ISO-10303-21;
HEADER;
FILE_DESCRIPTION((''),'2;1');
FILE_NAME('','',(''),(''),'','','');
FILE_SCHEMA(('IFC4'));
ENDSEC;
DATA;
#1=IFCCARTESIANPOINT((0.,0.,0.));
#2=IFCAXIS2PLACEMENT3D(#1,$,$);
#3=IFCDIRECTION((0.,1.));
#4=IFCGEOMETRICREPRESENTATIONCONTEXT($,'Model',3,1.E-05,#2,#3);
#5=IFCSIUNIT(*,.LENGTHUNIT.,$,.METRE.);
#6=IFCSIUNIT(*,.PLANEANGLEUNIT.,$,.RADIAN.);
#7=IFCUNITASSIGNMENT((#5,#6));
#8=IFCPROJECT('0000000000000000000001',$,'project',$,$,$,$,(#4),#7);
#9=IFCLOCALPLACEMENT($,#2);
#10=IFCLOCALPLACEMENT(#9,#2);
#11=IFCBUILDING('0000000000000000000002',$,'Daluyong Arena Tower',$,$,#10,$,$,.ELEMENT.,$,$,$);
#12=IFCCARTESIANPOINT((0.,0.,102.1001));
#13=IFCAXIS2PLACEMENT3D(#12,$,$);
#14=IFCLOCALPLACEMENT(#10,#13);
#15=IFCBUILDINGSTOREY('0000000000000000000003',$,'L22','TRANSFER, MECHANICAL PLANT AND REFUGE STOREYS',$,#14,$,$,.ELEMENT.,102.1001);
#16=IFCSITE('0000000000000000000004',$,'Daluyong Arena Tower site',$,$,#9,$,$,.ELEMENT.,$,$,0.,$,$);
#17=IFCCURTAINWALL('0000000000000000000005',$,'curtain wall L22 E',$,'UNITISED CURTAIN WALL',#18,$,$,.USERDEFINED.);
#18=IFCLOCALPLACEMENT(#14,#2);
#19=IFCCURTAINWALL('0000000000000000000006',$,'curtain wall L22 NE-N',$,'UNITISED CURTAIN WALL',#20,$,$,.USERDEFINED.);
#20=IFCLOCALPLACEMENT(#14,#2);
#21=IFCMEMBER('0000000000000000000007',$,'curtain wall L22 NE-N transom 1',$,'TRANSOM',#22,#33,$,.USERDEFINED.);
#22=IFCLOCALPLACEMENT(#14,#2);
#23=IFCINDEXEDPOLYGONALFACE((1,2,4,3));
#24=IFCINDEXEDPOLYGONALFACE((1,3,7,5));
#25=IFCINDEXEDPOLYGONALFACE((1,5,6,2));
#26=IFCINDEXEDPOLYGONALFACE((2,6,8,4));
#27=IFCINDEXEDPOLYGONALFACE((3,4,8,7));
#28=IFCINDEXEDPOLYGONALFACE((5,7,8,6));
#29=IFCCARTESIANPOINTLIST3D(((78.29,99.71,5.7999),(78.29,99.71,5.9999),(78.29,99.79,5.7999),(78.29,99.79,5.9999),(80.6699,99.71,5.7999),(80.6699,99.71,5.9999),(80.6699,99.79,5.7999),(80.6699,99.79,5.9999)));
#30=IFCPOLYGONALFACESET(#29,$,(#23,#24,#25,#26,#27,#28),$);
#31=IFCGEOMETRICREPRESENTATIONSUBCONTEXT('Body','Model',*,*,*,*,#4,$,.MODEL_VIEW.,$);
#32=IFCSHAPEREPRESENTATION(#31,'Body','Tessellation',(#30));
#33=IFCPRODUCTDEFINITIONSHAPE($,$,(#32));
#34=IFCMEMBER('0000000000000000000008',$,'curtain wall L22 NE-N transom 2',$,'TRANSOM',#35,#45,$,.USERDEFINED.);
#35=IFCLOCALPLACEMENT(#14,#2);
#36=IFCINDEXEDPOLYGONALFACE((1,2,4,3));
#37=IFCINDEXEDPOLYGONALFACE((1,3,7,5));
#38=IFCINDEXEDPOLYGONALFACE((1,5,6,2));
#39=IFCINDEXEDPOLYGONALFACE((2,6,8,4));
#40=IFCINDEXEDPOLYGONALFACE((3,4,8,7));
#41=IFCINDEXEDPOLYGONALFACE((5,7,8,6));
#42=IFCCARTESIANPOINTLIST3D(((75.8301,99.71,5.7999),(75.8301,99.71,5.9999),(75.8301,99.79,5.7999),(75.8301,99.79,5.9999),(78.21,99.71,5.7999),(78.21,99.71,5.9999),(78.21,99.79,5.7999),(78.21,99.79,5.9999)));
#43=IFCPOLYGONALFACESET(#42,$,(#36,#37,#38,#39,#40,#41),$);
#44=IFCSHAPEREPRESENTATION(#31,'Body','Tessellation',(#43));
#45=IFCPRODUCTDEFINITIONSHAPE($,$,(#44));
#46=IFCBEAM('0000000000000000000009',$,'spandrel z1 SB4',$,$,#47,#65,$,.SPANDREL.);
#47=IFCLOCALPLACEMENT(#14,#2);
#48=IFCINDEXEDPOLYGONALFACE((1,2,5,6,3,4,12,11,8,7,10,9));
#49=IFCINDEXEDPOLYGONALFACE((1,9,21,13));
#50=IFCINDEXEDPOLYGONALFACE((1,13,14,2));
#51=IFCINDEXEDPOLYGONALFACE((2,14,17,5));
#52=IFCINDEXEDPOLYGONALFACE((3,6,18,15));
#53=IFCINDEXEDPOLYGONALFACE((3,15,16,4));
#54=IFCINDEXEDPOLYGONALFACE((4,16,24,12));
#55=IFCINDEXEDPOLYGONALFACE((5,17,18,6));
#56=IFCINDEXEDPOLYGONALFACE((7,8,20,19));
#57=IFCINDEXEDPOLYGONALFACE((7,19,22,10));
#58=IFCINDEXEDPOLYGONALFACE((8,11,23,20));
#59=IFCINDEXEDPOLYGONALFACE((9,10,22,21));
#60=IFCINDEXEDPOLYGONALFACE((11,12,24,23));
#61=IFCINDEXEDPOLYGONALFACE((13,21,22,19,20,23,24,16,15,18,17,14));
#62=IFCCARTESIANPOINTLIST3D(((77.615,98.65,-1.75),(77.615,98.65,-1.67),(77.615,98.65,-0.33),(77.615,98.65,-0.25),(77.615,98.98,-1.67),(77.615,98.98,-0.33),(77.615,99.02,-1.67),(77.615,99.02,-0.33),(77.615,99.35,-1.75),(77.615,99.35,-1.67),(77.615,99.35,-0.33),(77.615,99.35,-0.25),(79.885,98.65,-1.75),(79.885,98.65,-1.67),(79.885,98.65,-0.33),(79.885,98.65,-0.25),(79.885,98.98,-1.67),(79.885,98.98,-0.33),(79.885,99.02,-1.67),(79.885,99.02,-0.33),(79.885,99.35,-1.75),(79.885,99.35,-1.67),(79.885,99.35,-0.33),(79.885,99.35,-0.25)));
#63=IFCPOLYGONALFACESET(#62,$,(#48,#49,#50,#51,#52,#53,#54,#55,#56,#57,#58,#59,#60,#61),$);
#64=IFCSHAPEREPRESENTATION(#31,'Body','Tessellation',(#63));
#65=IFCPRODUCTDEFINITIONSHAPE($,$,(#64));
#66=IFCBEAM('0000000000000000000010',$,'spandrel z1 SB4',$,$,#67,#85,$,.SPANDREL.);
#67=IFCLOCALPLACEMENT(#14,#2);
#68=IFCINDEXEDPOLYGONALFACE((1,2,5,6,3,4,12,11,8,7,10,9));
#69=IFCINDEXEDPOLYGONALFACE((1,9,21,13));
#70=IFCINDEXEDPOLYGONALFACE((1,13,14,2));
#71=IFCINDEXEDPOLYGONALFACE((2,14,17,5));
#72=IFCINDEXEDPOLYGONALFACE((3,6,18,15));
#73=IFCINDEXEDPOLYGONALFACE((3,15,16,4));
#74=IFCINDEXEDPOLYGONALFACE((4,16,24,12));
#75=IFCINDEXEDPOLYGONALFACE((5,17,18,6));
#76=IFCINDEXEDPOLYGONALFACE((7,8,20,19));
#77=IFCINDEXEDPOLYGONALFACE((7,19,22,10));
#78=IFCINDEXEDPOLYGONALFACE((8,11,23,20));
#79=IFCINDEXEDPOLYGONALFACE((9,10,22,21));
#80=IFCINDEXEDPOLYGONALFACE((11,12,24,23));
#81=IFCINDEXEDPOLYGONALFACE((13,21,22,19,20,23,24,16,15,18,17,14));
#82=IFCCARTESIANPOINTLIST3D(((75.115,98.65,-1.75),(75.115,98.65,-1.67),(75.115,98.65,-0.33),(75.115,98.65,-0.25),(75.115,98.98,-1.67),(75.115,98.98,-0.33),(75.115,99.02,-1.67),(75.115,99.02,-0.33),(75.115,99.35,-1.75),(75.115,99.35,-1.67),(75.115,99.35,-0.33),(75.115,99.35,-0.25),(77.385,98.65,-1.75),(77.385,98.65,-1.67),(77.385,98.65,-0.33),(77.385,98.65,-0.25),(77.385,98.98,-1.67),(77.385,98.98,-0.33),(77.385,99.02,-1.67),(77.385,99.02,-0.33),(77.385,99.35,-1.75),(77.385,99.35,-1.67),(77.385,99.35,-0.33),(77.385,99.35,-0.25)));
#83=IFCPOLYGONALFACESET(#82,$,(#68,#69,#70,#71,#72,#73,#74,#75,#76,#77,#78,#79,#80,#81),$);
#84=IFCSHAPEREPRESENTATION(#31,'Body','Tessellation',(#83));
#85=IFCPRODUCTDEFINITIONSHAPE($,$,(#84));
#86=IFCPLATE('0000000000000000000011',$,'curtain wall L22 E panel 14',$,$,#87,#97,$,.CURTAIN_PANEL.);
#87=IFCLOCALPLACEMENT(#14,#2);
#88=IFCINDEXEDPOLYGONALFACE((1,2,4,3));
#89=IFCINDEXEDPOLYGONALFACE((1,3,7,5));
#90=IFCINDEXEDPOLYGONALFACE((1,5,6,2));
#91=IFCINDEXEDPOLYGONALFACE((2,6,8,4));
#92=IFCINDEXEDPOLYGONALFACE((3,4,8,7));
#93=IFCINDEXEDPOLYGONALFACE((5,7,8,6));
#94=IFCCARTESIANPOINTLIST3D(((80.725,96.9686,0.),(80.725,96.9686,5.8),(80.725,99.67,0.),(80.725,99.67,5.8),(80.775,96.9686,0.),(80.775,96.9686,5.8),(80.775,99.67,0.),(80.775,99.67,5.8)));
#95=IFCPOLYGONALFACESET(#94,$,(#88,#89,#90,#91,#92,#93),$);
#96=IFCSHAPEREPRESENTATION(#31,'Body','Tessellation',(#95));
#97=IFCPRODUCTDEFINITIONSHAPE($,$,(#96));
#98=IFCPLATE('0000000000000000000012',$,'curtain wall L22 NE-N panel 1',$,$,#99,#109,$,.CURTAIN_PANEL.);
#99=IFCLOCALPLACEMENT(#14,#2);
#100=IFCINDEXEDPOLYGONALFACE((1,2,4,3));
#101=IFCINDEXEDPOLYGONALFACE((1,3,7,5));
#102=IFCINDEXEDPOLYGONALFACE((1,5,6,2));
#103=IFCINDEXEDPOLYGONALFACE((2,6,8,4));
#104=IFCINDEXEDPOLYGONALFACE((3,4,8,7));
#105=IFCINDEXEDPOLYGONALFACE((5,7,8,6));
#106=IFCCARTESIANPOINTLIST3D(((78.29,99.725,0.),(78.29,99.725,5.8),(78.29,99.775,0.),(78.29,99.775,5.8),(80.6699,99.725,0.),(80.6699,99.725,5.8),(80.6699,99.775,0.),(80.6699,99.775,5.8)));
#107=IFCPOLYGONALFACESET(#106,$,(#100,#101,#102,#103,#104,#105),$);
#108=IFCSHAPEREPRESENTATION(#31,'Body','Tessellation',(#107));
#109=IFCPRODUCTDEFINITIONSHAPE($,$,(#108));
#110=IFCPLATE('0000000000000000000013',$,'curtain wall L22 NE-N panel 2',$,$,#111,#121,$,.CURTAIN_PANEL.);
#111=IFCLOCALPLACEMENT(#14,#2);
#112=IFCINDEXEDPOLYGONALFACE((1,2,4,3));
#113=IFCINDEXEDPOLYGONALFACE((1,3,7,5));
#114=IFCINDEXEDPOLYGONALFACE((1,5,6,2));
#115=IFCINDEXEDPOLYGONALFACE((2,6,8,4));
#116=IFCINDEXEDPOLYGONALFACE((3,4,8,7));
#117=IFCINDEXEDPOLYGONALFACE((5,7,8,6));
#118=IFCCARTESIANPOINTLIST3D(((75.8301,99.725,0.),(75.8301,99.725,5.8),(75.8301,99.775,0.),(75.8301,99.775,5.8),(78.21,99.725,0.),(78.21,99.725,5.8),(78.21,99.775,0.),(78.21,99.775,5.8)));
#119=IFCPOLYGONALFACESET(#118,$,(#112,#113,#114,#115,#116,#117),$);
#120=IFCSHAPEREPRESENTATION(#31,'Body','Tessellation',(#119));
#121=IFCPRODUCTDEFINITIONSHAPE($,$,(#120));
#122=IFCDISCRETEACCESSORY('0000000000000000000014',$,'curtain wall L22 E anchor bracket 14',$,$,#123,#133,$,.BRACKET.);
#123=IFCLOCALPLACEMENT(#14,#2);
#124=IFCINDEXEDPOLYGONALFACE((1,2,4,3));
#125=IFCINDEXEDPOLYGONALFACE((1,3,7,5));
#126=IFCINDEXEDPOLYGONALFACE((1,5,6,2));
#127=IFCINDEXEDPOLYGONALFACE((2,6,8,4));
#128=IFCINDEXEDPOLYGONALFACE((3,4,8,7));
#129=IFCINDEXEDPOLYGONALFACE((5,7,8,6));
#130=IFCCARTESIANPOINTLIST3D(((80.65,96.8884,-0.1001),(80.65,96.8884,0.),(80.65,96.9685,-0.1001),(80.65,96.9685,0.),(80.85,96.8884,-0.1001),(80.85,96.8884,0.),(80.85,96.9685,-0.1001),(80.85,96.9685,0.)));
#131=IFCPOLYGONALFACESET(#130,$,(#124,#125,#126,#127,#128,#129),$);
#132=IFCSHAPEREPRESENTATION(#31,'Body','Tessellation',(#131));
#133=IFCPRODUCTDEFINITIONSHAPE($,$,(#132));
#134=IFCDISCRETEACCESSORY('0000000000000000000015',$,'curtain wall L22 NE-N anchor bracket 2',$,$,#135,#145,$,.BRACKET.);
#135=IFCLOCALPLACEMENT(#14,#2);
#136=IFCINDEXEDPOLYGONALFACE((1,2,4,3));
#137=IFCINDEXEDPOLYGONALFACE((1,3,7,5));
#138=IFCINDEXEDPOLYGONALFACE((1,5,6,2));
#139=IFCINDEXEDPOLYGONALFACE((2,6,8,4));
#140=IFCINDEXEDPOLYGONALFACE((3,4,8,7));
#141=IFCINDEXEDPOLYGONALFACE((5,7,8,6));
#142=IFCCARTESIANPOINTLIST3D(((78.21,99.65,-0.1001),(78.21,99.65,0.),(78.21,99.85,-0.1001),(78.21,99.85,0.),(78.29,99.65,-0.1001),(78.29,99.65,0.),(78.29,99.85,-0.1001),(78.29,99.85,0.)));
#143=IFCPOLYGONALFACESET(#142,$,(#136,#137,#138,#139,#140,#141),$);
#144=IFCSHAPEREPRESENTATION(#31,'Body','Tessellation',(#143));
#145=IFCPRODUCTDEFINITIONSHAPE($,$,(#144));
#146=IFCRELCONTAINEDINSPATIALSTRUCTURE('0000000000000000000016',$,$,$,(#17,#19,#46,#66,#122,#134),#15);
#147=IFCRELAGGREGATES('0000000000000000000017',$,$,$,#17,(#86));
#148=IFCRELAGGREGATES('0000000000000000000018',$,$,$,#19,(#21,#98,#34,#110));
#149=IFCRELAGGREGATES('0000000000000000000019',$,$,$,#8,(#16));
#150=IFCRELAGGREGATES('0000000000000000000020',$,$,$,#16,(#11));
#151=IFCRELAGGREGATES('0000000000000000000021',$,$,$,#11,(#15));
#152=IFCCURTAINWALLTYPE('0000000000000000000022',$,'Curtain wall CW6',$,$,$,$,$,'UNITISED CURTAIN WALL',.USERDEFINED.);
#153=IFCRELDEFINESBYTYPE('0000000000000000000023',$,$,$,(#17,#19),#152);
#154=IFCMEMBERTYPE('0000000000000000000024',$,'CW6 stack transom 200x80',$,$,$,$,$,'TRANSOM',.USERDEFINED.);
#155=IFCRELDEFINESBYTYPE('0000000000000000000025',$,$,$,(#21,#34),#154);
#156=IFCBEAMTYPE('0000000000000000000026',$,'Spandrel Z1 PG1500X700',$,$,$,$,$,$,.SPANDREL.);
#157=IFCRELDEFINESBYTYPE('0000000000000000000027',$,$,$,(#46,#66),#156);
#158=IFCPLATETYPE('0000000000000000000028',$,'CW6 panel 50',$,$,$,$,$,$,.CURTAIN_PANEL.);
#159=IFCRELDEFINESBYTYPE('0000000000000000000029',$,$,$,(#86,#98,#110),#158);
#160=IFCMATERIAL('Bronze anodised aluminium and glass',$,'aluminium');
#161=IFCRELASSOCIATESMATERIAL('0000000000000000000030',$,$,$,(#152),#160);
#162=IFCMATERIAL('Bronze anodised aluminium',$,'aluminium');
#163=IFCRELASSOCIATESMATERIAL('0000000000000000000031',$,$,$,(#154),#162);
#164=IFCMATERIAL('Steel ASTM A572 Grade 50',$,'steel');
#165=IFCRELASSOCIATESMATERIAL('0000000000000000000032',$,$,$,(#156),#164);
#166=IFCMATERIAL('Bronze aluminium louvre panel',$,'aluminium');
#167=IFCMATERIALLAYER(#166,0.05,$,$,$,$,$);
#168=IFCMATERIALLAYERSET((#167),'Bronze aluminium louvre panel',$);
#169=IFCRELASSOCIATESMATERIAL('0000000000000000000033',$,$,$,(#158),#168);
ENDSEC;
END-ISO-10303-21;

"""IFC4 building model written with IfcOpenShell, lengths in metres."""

from ifc_helpers import new_model, si_unit, direction, frame, origin, origin_2d, place, context, subcontext, project, spatial, rectangle, i_section, extrude, material, layer, layer_set, material_profile, profile_set, type_object, element, aggregate, save


model = new_model("IFC4")

# Units and contexts
model_context = context("Model", 3, precision=1e-05, world=origin(), true_north=direction((0.0, 1.0)))
body_context = subcontext(model_context, "Body", "Model", "MODEL_VIEW")
ifc_project = project(units=[si_unit("LENGTHUNIT", "METRE"), si_unit("PLANEANGLEUNIT", "RADIAN")], contexts=[model_context])

# Site, building, storey
site_placement = place(None, origin())
site = spatial("IfcSite", under=ifc_project, at=site_placement, Name="Daluyong Arena Tower site", CompositionType="ELEMENT", RefElevation=0.0)
building_placement = place(site_placement, origin())
building = spatial("IfcBuilding", under=site, at=building_placement, Name="Daluyong Arena Tower", CompositionType="ELEMENT")
storey_placement = place(building_placement, frame((0.0, 0.0, 102.1001)))
storey = spatial("IfcBuildingStorey", under=building, at=storey_placement, Name="L22", Description="TRANSFER, MECHANICAL PLANT AND REFUGE STOREYS", CompositionType="ELEMENT", Elevation=102.1001)

# Curtain walls
ifc_material_1 = material(Name="Bronze anodised aluminium and glass", Category="aluminium")
curtain_wall_type = type_object("IfcCurtainWallType", Name="Curtain wall CW6", ElementType="UNITISED CURTAIN WALL", PredefinedType="USERDEFINED", material=ifc_material_1)
curtain_wall_1_placement = place(storey_placement, origin())
curtain_wall_1 = element("IfcCurtainWall", 1, at=curtain_wall_1_placement, inside=storey, type_object=curtain_wall_type, Name="curtain wall L22 E", ObjectType="UNITISED CURTAIN WALL", PredefinedType="USERDEFINED")
curtain_wall_2_placement = place(storey_placement, origin())
curtain_wall_2 = element("IfcCurtainWall", 2, at=curtain_wall_2_placement, inside=storey, type_object=curtain_wall_type, Name="curtain wall L22 NE-N", ObjectType="UNITISED CURTAIN WALL", PredefinedType="USERDEFINED")

# Members
ifc_material_2 = material(Name="Bronze anodised aluminium", Category="aluminium")
ifc_material_profile_1 = material_profile(ifc_material_2, rectangle(XDim=0.0801, YDim=0.2, at=origin_2d()))
ifc_profile_set_1 = profile_set([ifc_material_profile_1], Name="Bronze anodised aluminium")
member_type_1 = type_object("IfcMemberType", Name="CW6 stack transom 200x80", ElementType="TRANSOM", PredefinedType="USERDEFINED", material=ifc_profile_set_1)
member_1_placement = place(storey_placement, frame((80.6699, 99.75, 5.8999), z_axis=(-1.0, 0.0, 0.0), x_axis=(0.0, -1.0, 0.0)))
member_1 = element("IfcMember", 3, at=member_1_placement, type_object=member_type_1, Name="curtain wall L22 NE-N transom 1", ObjectType="TRANSOM", PredefinedType="USERDEFINED", context=body_context, shape_type="SweptSolid", body=[
    extrude(rectangle(XDim=0.0801, YDim=0.2, at=origin_2d()), origin(), (0.0, 0.0, 1.0), 2.3799),
])
member_2_placement = place(storey_placement, frame((78.21, 99.75, 5.8999), z_axis=(-1.0, 0.0, 0.0), x_axis=(0.0, -1.0, 0.0)))
member_2 = element("IfcMember", 4, at=member_2_placement, type_object=member_type_1, Name="curtain wall L22 NE-N transom 2", ObjectType="TRANSOM", PredefinedType="USERDEFINED", context=body_context, shape_type="SweptSolid", body=[
    extrude(rectangle(XDim=0.0801, YDim=0.2, at=origin_2d()), origin(), (0.0, 0.0, 1.0), 2.3799),
])

# Beams
ifc_material_3 = material(Name="Steel ASTM A572 Grade 50", Category="steel")
ifc_material_profile_2 = material_profile(ifc_material_3, i_section(OverallWidth=0.7, OverallDepth=1.5, WebThickness=0.04, FlangeThickness=0.08, at=origin_2d()))
ifc_profile_set_2 = profile_set([ifc_material_profile_2], Name="Steel ASTM A572 Grade 50")
beam_type = type_object("IfcBeamType", Name="Spandrel Z1 PG1500X700", PredefinedType="SPANDREL", material=ifc_profile_set_2)
for number, where, z_axis, x_axis, name in (
    (5, (79.885, 99.0, -1.0), (-1.0, 0.0, 0.0), (0.0, -1.0, 0.0), "spandrel z1 SB4"),
    (6, (77.385, 99.0, -1.0), (-1.0, 0.0, 0.0), (0.0, -1.0, 0.0), "spandrel z1 SB4"),
):
    element("IfcBeam", number, at=place(storey_placement, frame(where, z_axis=z_axis, x_axis=x_axis)), inside=storey, type_object=beam_type, Name=name, PredefinedType="SPANDREL", context=body_context, shape_type="SweptSolid", body=[
        extrude(i_section(OverallWidth=0.7, OverallDepth=1.5, WebThickness=0.04, FlangeThickness=0.08, at=origin_2d()), origin(), (0.0, 0.0, 1.0), 2.27),
    ])

# Plates
ifc_material_4 = material(Name="Bronze aluminium louvre panel", Category="aluminium")
ifc_layer = layer(ifc_material_4, 0.05)
ifc_layer_set = layer_set([ifc_layer], Name="Bronze aluminium louvre panel")
plate_type = type_object("IfcPlateType", Name="CW6 panel 50", PredefinedType="CURTAIN_PANEL", material=ifc_layer_set)
plate_1_placement = place(storey_placement, frame((80.75, 98.3193, 0.0), z_axis=(0.0, 0.0, 1.0), x_axis=(0.0, 1.0, 0.0)))
plate_1 = element("IfcPlate", 7, at=plate_1_placement, type_object=plate_type, Name="curtain wall L22 E panel 14", PredefinedType="CURTAIN_PANEL", context=body_context, shape_type="SweptSolid", body=[
    extrude(rectangle(XDim=2.7014, YDim=0.05, at=origin_2d()), origin(), (0.0, 0.0, 1.0), 5.8),
])
aggregate(curtain_wall_1, [plate_1])
plate_2_placement = place(storey_placement, frame((79.48, 99.75, 0.0), z_axis=(0.0, 0.0, 1.0), x_axis=(-1.0, 0.0, 0.0)))
plate_2 = element("IfcPlate", 8, at=plate_2_placement, type_object=plate_type, Name="curtain wall L22 NE-N panel 1", PredefinedType="CURTAIN_PANEL", context=body_context, shape_type="SweptSolid", body=[
    extrude(rectangle(XDim=2.3799, YDim=0.05, at=origin_2d()), origin(), (0.0, 0.0, 1.0), 5.8),
])
plate_3_placement = place(storey_placement, frame((77.02, 99.75, 0.0), z_axis=(0.0, 0.0, 1.0), x_axis=(-1.0, 0.0, 0.0)))
plate_3 = element("IfcPlate", 9, at=plate_3_placement, type_object=plate_type, Name="curtain wall L22 NE-N panel 2", PredefinedType="CURTAIN_PANEL", context=body_context, shape_type="SweptSolid", body=[
    extrude(rectangle(XDim=2.3799, YDim=0.05, at=origin_2d()), origin(), (0.0, 0.0, 1.0), 5.8),
])
aggregate(curtain_wall_2, [member_1, plate_2, member_2, plate_3])

# Discrete accessories
for number, where, z_axis, x_axis, name in (
    (10, (80.75, 96.9285, -0.1001), (0.0, 0.0, 1.0), (0.0, 1.0, 0.0), "curtain wall L22 E anchor bracket 14"),
    (11, (78.25, 99.75, -0.1001), (0.0, 0.0, 1.0), (-1.0, 0.0, 0.0), "curtain wall L22 NE-N anchor bracket 2"),
):
    element("IfcDiscreteAccessory", number, at=place(storey_placement, frame(where, z_axis=z_axis, x_axis=x_axis)), inside=storey, Name=name, PredefinedType="BRACKET", context=body_context, shape_type="SweptSolid", body=[
        extrude(rectangle(XDim=0.0801, YDim=0.2, at=origin_2d()), origin(), (0.0, 0.0, 1.0), 0.1001),
    ])

save(model, "model.ifc")
